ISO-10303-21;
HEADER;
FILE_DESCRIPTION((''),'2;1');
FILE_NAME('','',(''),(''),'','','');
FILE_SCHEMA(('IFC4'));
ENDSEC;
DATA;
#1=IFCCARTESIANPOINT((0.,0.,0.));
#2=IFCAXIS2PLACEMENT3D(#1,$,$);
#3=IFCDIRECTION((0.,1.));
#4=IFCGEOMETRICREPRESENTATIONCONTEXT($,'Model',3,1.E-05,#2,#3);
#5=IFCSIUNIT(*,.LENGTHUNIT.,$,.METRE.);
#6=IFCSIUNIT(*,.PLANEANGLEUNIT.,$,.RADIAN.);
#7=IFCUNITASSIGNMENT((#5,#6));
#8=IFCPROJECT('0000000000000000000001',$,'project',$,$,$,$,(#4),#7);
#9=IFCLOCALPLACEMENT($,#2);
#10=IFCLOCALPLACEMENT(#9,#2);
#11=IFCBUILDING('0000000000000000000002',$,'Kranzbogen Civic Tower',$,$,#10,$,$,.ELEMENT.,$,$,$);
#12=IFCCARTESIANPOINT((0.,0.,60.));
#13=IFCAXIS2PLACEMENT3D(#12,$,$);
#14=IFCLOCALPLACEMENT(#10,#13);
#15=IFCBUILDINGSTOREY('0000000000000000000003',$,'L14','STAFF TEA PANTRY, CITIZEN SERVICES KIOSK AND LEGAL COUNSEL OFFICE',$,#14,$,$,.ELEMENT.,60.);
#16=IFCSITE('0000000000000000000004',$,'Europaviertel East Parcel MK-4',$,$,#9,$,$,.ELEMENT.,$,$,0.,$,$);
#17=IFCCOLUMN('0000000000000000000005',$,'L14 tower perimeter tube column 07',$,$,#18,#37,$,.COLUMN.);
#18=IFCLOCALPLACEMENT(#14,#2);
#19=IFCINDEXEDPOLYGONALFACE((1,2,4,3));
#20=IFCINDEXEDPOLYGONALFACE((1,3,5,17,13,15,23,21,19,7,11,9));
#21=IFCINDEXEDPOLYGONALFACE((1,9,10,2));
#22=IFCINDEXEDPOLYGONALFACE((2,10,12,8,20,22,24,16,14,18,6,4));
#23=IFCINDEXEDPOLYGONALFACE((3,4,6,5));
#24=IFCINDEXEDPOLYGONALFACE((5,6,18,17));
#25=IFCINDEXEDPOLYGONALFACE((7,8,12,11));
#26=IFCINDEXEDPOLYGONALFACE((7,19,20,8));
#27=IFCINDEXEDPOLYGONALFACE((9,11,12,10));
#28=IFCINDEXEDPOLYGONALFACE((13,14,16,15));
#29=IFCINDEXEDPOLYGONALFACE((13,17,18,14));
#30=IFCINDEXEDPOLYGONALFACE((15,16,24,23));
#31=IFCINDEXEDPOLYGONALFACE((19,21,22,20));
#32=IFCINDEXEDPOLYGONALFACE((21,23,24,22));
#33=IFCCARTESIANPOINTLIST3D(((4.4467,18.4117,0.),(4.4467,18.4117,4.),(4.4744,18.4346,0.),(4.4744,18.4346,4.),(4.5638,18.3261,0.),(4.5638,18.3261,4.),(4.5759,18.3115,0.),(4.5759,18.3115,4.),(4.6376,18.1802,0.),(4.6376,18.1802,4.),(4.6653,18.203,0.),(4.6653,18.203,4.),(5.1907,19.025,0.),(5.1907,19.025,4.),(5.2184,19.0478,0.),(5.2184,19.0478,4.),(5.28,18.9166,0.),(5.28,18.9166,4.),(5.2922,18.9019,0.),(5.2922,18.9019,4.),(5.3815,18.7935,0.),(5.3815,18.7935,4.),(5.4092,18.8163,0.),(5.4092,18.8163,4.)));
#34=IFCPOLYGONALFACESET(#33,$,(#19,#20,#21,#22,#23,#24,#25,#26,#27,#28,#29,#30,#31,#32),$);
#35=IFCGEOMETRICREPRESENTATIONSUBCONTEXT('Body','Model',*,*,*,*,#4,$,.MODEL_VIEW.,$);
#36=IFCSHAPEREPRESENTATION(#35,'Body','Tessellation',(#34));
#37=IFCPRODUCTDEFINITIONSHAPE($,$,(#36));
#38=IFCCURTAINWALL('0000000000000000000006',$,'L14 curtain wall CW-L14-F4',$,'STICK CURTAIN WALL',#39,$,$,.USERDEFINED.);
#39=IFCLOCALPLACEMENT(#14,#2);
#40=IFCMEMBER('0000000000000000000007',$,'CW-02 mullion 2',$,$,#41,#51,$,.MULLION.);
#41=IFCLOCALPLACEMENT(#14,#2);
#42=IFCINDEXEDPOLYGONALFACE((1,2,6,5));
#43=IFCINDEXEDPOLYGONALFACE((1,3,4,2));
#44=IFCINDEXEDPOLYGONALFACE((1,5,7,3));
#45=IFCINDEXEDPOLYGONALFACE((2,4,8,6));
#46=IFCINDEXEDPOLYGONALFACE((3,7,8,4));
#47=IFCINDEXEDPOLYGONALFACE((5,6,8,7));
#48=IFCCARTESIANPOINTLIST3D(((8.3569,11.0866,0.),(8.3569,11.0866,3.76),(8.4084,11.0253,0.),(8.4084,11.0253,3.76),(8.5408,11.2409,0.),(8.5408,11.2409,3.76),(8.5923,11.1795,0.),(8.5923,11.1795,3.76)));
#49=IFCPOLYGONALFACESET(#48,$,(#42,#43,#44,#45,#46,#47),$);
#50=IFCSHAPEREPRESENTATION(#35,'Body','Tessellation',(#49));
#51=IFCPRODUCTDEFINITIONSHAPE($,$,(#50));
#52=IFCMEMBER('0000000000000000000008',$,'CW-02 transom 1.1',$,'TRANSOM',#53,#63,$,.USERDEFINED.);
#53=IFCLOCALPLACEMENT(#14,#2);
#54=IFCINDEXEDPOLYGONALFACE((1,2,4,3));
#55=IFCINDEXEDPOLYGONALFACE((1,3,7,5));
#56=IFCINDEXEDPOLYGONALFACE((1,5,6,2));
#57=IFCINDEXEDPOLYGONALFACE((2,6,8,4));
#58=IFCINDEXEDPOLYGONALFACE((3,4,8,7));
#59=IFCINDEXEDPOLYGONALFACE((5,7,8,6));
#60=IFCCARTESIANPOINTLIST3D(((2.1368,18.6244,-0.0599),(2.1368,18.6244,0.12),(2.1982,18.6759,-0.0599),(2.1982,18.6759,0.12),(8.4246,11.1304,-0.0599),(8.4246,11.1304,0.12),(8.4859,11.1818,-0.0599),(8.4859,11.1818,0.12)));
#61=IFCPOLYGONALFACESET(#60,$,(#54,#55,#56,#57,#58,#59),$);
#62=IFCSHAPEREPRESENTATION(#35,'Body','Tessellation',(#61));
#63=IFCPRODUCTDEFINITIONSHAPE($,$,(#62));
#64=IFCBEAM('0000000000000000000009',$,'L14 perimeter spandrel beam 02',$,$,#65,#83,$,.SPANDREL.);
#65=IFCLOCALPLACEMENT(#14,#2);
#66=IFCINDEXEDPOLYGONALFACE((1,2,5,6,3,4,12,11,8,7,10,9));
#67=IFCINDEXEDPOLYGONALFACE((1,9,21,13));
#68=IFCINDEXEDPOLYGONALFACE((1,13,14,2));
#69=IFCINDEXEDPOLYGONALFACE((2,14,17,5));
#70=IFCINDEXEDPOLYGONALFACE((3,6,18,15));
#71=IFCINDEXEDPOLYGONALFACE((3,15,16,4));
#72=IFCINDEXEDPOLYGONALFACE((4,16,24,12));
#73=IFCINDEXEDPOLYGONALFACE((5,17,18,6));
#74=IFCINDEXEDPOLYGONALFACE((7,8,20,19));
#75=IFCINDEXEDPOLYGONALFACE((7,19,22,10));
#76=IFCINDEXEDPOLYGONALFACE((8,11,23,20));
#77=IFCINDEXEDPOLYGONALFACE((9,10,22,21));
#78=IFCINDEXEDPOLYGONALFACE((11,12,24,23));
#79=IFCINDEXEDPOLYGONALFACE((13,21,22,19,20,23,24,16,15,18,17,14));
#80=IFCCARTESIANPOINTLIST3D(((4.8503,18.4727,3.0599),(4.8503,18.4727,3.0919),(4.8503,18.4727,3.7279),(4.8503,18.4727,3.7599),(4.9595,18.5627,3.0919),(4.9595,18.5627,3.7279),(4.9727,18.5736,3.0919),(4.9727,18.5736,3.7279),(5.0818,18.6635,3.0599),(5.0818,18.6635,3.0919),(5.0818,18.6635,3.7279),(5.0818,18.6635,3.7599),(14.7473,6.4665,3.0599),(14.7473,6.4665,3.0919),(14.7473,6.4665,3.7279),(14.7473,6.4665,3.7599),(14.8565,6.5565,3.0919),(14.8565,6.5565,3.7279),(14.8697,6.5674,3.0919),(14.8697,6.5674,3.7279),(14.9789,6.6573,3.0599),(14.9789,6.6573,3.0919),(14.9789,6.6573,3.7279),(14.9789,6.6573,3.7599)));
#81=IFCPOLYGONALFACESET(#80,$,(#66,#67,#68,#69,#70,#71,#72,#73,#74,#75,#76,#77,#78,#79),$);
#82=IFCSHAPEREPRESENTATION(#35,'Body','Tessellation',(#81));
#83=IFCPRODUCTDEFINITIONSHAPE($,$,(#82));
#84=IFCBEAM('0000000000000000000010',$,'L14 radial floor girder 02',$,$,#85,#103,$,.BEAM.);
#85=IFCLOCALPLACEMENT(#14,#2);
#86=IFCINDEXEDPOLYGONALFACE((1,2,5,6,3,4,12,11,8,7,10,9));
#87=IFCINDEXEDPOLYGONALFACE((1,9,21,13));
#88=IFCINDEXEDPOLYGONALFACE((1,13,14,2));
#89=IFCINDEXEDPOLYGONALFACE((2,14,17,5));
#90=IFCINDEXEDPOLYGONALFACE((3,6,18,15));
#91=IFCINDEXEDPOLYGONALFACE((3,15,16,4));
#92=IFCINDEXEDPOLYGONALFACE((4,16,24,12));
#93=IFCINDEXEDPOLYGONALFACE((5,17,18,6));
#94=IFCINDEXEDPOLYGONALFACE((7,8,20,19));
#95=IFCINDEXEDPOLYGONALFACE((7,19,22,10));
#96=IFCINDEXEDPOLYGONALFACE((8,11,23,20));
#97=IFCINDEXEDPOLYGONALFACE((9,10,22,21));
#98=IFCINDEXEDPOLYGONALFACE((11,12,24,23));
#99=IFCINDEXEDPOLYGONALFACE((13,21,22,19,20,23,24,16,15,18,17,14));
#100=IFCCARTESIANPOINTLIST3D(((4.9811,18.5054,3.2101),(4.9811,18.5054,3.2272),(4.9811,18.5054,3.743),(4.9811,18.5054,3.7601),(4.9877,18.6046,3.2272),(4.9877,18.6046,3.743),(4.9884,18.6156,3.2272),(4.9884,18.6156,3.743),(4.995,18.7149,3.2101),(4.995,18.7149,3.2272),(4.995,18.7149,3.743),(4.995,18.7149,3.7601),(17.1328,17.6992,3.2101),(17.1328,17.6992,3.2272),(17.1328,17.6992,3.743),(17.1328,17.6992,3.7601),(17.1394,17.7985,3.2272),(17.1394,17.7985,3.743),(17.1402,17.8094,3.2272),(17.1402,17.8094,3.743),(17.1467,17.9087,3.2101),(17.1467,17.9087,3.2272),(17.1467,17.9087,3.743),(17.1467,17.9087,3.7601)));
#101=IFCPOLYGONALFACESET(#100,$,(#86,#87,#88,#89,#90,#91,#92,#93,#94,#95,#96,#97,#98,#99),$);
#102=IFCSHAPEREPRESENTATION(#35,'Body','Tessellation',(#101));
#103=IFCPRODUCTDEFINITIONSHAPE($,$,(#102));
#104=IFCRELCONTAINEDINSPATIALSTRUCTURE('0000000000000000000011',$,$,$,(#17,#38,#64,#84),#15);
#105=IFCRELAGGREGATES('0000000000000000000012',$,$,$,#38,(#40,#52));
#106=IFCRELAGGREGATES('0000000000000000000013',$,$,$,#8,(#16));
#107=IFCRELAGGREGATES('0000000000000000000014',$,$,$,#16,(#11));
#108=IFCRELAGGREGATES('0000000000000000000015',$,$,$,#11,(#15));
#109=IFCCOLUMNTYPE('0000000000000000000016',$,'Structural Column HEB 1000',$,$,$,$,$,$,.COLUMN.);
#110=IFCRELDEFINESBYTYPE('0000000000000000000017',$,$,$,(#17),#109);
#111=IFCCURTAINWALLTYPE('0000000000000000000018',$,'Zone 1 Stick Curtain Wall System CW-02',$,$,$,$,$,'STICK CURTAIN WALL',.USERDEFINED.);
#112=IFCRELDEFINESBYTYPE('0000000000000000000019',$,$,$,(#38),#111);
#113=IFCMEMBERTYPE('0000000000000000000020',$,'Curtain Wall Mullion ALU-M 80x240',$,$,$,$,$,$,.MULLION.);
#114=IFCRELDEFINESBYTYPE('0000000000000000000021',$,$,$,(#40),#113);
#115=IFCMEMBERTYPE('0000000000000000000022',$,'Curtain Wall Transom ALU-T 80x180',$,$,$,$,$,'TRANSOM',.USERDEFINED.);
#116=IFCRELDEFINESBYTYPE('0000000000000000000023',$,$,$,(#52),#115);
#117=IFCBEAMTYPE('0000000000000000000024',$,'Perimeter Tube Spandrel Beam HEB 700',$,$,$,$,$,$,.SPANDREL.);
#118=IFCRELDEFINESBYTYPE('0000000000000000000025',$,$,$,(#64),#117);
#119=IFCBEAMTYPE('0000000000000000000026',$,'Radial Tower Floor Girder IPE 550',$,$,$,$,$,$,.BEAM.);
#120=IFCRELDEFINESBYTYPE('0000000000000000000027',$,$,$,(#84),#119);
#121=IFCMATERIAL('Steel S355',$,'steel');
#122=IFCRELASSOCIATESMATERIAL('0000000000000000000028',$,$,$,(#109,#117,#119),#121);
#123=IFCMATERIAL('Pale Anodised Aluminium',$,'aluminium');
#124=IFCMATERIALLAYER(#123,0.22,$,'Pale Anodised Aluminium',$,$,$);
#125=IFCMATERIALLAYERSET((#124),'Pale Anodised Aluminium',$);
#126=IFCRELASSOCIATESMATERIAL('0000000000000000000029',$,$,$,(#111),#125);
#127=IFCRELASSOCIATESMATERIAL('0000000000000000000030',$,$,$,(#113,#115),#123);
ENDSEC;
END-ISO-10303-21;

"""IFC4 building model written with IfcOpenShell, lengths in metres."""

from ifc_helpers import new_model, si_unit, direction, frame, origin, origin_2d, place, context, subcontext, project, spatial, rectangle, i_section, extrude, material, layer, layer_set, material_profile, profile_set, type_object, element, aggregate, save


model = new_model("IFC4")

# Units and contexts
model_context = context("Model", 3, precision=1e-05, world=origin(), true_north=direction((0.0, 1.0)))
body_context = subcontext(model_context, "Body", "Model", "MODEL_VIEW")
ifc_project = project(units=[si_unit("LENGTHUNIT", "METRE"), si_unit("PLANEANGLEUNIT", "RADIAN")], contexts=[model_context])

# Site, building, storey
site_placement = place(None, origin())
site = spatial("IfcSite", under=ifc_project, at=site_placement, Name="Europaviertel East Parcel MK-4", CompositionType="ELEMENT", RefElevation=0.0)
building_placement = place(site_placement, origin())
building = spatial("IfcBuilding", under=site, at=building_placement, Name="Kranzbogen Civic Tower", CompositionType="ELEMENT")
storey_placement = place(building_placement, frame((0.0, 0.0, 60.0)))
storey = spatial("IfcBuildingStorey", under=building, at=storey_placement, Name="L14", Description="STAFF TEA PANTRY, CITIZEN SERVICES KIOSK AND LEGAL COUNSEL OFFICE", CompositionType="ELEMENT", Elevation=60.0)

# Column
ifc_material_1 = material(Name="Steel S355", Category="steel")
ifc_material_profile_1 = material_profile(ifc_material_1, i_section(OverallWidth=0.3, OverallDepth=1.0, WebThickness=0.019, FlangeThickness=0.0359, at=origin_2d()), Name="HEB 1000")
ifc_profile_set_1 = profile_set([ifc_material_profile_1], Name="Steel S355")
column_type = type_object("IfcColumnType", Name="Structural Column HEB 1000", PredefinedType="COLUMN", material=ifc_profile_set_1)
column_placement = place(storey_placement, frame((4.928, 18.614, 0.0), z_axis=(0.0, 0.0, 1.0), x_axis=(-0.636078, 0.771625, 0.0)))
element("IfcColumn", 1, at=column_placement, inside=storey, type_object=column_type, Name="L14 tower perimeter tube column 07", PredefinedType="COLUMN", context=body_context, shape_type="SweptSolid", body=[
    extrude(i_section(OverallWidth=0.3, OverallDepth=1.0, WebThickness=0.019, FlangeThickness=0.0359, at=origin_2d()), origin(), (0.0, 0.0, 1.0), 4.0),
])

# Curtain wall, members
ifc_material_2 = material(Name="Pale Anodised Aluminium", Category="aluminium")
ifc_layer_1 = layer(ifc_material_2, 0.22, Name="Pale Anodised Aluminium")
ifc_layer_set_1 = layer_set([ifc_layer_1], Name="Pale Anodised Aluminium")
curtain_wall_type = type_object("IfcCurtainWallType", Name="Zone 1 Stick Curtain Wall System CW-02", ElementType="STICK CURTAIN WALL", PredefinedType="USERDEFINED", material=ifc_layer_set_1)
curtain_wall_placement = place(storey_placement, origin())
curtain_wall = element("IfcCurtainWall", 2, at=curtain_wall_placement, inside=storey, type_object=curtain_wall_type, Name="L14 curtain wall CW-L14-F4", ObjectType="STICK CURTAIN WALL", PredefinedType="USERDEFINED")
ifc_material_profile_2 = material_profile(ifc_material_2, rectangle(XDim=0.0801, YDim=0.24, at=origin_2d()), Name="ALU-M 80x240")
ifc_profile_set_2 = profile_set([ifc_material_profile_2], Name="Pale Anodised Aluminium")
member_type_1 = type_object("IfcMemberType", Name="Curtain Wall Mullion ALU-M 80x240", PredefinedType="MULLION", material=ifc_profile_set_2)
member_1_placement = place(storey_placement, frame((8.4746, 11.1331, 0.0), z_axis=(0.0, 0.0, 1.0), x_axis=(0.642751, -0.766075, 0.0)))
member_1 = element("IfcMember", 3, at=member_1_placement, type_object=member_type_1, Name="CW-02 mullion 2", PredefinedType="MULLION", context=body_context, shape_type="SweptSolid", body=[
    extrude(rectangle(XDim=0.0801, YDim=0.24, at=origin_2d()), origin(), (0.0, 0.0, 1.0), 3.76),
])
ifc_material_profile_3 = material_profile(ifc_material_2, rectangle(XDim=0.0801, YDim=0.1799, at=origin_2d()), Name="ALU-T 80x180")
ifc_profile_set_3 = profile_set([ifc_material_profile_3], Name="Pale Anodised Aluminium")
member_type_2 = type_object("IfcMemberType", Name="Curtain Wall Transom ALU-T 80x180", ElementType="TRANSOM", PredefinedType="USERDEFINED", material=ifc_profile_set_3)
member_2_placement = place(storey_placement, frame((2.1675, 18.6501, 0.03), z_axis=(0.642758, -0.766069, 0.0), x_axis=(0.766069, 0.642758, 0.0)))
member_2 = element("IfcMember", 4, at=member_2_placement, type_object=member_type_2, Name="CW-02 transom 1.1", ObjectType="TRANSOM", PredefinedType="USERDEFINED", context=body_context, shape_type="SweptSolid", body=[
    extrude(rectangle(XDim=0.0801, YDim=0.1799, at=origin_2d()), origin(), (0.0, 0.0, 1.0), 9.7825),
])

# Beams
ifc_material_profile_4 = material_profile(ifc_material_1, i_section(OverallWidth=0.3, OverallDepth=0.7, WebThickness=0.0171, FlangeThickness=0.032, at=origin_2d()), Name="HEB 700")
ifc_profile_set_4 = profile_set([ifc_material_profile_4], Name="Steel S355")
beam_type_1 = type_object("IfcBeamType", Name="Perimeter Tube Spandrel Beam HEB 700", PredefinedType="SPANDREL", material=ifc_profile_set_4)
beam_1_placement = place(storey_placement, frame((4.9661, 18.5681, 3.4099), z_axis=(0.636075, -0.771628, 0.0), x_axis=(0.771628, 0.636075, 0.0)))
element("IfcBeam", 5, at=beam_1_placement, inside=storey, type_object=beam_type_1, Name="L14 perimeter spandrel beam 02", PredefinedType="SPANDREL", context=body_context, shape_type="SweptSolid", body=[
    extrude(i_section(OverallWidth=0.3, OverallDepth=0.7, WebThickness=0.0171, FlangeThickness=0.032, at=origin_2d()), origin(), (0.0, 0.0, 1.0), 15.5596),
])
ifc_material_profile_5 = material_profile(ifc_material_1, i_section(OverallWidth=0.21, OverallDepth=0.55, WebThickness=0.011, FlangeThickness=0.0171, at=origin_2d()), Name="IPE 550")
ifc_profile_set_5 = profile_set([ifc_material_profile_5], Name="Steel S355")
beam_type_2 = type_object("IfcBeamType", Name="Radial Tower Floor Girder IPE 550", PredefinedType="BEAM", material=ifc_profile_set_5)
beam_2_placement = place(storey_placement, frame((4.988, 18.6101, 3.4851), z_axis=(0.997807, -0.066194, 0.0), x_axis=(0.066194, 0.997807, 0.0)))
element("IfcBeam", 6, at=beam_2_placement, inside=storey, type_object=beam_type_2, Name="L14 radial floor girder 02", PredefinedType="BEAM", context=body_context, shape_type="SweptSolid", body=[
    extrude(i_section(OverallWidth=0.21, OverallDepth=0.55, WebThickness=0.011, FlangeThickness=0.0171, at=origin_2d()), origin(), (0.0, 0.0, 1.0), 12.1785),
])

aggregate(curtain_wall, [member_1, member_2])

save(model, "model.ifc")
